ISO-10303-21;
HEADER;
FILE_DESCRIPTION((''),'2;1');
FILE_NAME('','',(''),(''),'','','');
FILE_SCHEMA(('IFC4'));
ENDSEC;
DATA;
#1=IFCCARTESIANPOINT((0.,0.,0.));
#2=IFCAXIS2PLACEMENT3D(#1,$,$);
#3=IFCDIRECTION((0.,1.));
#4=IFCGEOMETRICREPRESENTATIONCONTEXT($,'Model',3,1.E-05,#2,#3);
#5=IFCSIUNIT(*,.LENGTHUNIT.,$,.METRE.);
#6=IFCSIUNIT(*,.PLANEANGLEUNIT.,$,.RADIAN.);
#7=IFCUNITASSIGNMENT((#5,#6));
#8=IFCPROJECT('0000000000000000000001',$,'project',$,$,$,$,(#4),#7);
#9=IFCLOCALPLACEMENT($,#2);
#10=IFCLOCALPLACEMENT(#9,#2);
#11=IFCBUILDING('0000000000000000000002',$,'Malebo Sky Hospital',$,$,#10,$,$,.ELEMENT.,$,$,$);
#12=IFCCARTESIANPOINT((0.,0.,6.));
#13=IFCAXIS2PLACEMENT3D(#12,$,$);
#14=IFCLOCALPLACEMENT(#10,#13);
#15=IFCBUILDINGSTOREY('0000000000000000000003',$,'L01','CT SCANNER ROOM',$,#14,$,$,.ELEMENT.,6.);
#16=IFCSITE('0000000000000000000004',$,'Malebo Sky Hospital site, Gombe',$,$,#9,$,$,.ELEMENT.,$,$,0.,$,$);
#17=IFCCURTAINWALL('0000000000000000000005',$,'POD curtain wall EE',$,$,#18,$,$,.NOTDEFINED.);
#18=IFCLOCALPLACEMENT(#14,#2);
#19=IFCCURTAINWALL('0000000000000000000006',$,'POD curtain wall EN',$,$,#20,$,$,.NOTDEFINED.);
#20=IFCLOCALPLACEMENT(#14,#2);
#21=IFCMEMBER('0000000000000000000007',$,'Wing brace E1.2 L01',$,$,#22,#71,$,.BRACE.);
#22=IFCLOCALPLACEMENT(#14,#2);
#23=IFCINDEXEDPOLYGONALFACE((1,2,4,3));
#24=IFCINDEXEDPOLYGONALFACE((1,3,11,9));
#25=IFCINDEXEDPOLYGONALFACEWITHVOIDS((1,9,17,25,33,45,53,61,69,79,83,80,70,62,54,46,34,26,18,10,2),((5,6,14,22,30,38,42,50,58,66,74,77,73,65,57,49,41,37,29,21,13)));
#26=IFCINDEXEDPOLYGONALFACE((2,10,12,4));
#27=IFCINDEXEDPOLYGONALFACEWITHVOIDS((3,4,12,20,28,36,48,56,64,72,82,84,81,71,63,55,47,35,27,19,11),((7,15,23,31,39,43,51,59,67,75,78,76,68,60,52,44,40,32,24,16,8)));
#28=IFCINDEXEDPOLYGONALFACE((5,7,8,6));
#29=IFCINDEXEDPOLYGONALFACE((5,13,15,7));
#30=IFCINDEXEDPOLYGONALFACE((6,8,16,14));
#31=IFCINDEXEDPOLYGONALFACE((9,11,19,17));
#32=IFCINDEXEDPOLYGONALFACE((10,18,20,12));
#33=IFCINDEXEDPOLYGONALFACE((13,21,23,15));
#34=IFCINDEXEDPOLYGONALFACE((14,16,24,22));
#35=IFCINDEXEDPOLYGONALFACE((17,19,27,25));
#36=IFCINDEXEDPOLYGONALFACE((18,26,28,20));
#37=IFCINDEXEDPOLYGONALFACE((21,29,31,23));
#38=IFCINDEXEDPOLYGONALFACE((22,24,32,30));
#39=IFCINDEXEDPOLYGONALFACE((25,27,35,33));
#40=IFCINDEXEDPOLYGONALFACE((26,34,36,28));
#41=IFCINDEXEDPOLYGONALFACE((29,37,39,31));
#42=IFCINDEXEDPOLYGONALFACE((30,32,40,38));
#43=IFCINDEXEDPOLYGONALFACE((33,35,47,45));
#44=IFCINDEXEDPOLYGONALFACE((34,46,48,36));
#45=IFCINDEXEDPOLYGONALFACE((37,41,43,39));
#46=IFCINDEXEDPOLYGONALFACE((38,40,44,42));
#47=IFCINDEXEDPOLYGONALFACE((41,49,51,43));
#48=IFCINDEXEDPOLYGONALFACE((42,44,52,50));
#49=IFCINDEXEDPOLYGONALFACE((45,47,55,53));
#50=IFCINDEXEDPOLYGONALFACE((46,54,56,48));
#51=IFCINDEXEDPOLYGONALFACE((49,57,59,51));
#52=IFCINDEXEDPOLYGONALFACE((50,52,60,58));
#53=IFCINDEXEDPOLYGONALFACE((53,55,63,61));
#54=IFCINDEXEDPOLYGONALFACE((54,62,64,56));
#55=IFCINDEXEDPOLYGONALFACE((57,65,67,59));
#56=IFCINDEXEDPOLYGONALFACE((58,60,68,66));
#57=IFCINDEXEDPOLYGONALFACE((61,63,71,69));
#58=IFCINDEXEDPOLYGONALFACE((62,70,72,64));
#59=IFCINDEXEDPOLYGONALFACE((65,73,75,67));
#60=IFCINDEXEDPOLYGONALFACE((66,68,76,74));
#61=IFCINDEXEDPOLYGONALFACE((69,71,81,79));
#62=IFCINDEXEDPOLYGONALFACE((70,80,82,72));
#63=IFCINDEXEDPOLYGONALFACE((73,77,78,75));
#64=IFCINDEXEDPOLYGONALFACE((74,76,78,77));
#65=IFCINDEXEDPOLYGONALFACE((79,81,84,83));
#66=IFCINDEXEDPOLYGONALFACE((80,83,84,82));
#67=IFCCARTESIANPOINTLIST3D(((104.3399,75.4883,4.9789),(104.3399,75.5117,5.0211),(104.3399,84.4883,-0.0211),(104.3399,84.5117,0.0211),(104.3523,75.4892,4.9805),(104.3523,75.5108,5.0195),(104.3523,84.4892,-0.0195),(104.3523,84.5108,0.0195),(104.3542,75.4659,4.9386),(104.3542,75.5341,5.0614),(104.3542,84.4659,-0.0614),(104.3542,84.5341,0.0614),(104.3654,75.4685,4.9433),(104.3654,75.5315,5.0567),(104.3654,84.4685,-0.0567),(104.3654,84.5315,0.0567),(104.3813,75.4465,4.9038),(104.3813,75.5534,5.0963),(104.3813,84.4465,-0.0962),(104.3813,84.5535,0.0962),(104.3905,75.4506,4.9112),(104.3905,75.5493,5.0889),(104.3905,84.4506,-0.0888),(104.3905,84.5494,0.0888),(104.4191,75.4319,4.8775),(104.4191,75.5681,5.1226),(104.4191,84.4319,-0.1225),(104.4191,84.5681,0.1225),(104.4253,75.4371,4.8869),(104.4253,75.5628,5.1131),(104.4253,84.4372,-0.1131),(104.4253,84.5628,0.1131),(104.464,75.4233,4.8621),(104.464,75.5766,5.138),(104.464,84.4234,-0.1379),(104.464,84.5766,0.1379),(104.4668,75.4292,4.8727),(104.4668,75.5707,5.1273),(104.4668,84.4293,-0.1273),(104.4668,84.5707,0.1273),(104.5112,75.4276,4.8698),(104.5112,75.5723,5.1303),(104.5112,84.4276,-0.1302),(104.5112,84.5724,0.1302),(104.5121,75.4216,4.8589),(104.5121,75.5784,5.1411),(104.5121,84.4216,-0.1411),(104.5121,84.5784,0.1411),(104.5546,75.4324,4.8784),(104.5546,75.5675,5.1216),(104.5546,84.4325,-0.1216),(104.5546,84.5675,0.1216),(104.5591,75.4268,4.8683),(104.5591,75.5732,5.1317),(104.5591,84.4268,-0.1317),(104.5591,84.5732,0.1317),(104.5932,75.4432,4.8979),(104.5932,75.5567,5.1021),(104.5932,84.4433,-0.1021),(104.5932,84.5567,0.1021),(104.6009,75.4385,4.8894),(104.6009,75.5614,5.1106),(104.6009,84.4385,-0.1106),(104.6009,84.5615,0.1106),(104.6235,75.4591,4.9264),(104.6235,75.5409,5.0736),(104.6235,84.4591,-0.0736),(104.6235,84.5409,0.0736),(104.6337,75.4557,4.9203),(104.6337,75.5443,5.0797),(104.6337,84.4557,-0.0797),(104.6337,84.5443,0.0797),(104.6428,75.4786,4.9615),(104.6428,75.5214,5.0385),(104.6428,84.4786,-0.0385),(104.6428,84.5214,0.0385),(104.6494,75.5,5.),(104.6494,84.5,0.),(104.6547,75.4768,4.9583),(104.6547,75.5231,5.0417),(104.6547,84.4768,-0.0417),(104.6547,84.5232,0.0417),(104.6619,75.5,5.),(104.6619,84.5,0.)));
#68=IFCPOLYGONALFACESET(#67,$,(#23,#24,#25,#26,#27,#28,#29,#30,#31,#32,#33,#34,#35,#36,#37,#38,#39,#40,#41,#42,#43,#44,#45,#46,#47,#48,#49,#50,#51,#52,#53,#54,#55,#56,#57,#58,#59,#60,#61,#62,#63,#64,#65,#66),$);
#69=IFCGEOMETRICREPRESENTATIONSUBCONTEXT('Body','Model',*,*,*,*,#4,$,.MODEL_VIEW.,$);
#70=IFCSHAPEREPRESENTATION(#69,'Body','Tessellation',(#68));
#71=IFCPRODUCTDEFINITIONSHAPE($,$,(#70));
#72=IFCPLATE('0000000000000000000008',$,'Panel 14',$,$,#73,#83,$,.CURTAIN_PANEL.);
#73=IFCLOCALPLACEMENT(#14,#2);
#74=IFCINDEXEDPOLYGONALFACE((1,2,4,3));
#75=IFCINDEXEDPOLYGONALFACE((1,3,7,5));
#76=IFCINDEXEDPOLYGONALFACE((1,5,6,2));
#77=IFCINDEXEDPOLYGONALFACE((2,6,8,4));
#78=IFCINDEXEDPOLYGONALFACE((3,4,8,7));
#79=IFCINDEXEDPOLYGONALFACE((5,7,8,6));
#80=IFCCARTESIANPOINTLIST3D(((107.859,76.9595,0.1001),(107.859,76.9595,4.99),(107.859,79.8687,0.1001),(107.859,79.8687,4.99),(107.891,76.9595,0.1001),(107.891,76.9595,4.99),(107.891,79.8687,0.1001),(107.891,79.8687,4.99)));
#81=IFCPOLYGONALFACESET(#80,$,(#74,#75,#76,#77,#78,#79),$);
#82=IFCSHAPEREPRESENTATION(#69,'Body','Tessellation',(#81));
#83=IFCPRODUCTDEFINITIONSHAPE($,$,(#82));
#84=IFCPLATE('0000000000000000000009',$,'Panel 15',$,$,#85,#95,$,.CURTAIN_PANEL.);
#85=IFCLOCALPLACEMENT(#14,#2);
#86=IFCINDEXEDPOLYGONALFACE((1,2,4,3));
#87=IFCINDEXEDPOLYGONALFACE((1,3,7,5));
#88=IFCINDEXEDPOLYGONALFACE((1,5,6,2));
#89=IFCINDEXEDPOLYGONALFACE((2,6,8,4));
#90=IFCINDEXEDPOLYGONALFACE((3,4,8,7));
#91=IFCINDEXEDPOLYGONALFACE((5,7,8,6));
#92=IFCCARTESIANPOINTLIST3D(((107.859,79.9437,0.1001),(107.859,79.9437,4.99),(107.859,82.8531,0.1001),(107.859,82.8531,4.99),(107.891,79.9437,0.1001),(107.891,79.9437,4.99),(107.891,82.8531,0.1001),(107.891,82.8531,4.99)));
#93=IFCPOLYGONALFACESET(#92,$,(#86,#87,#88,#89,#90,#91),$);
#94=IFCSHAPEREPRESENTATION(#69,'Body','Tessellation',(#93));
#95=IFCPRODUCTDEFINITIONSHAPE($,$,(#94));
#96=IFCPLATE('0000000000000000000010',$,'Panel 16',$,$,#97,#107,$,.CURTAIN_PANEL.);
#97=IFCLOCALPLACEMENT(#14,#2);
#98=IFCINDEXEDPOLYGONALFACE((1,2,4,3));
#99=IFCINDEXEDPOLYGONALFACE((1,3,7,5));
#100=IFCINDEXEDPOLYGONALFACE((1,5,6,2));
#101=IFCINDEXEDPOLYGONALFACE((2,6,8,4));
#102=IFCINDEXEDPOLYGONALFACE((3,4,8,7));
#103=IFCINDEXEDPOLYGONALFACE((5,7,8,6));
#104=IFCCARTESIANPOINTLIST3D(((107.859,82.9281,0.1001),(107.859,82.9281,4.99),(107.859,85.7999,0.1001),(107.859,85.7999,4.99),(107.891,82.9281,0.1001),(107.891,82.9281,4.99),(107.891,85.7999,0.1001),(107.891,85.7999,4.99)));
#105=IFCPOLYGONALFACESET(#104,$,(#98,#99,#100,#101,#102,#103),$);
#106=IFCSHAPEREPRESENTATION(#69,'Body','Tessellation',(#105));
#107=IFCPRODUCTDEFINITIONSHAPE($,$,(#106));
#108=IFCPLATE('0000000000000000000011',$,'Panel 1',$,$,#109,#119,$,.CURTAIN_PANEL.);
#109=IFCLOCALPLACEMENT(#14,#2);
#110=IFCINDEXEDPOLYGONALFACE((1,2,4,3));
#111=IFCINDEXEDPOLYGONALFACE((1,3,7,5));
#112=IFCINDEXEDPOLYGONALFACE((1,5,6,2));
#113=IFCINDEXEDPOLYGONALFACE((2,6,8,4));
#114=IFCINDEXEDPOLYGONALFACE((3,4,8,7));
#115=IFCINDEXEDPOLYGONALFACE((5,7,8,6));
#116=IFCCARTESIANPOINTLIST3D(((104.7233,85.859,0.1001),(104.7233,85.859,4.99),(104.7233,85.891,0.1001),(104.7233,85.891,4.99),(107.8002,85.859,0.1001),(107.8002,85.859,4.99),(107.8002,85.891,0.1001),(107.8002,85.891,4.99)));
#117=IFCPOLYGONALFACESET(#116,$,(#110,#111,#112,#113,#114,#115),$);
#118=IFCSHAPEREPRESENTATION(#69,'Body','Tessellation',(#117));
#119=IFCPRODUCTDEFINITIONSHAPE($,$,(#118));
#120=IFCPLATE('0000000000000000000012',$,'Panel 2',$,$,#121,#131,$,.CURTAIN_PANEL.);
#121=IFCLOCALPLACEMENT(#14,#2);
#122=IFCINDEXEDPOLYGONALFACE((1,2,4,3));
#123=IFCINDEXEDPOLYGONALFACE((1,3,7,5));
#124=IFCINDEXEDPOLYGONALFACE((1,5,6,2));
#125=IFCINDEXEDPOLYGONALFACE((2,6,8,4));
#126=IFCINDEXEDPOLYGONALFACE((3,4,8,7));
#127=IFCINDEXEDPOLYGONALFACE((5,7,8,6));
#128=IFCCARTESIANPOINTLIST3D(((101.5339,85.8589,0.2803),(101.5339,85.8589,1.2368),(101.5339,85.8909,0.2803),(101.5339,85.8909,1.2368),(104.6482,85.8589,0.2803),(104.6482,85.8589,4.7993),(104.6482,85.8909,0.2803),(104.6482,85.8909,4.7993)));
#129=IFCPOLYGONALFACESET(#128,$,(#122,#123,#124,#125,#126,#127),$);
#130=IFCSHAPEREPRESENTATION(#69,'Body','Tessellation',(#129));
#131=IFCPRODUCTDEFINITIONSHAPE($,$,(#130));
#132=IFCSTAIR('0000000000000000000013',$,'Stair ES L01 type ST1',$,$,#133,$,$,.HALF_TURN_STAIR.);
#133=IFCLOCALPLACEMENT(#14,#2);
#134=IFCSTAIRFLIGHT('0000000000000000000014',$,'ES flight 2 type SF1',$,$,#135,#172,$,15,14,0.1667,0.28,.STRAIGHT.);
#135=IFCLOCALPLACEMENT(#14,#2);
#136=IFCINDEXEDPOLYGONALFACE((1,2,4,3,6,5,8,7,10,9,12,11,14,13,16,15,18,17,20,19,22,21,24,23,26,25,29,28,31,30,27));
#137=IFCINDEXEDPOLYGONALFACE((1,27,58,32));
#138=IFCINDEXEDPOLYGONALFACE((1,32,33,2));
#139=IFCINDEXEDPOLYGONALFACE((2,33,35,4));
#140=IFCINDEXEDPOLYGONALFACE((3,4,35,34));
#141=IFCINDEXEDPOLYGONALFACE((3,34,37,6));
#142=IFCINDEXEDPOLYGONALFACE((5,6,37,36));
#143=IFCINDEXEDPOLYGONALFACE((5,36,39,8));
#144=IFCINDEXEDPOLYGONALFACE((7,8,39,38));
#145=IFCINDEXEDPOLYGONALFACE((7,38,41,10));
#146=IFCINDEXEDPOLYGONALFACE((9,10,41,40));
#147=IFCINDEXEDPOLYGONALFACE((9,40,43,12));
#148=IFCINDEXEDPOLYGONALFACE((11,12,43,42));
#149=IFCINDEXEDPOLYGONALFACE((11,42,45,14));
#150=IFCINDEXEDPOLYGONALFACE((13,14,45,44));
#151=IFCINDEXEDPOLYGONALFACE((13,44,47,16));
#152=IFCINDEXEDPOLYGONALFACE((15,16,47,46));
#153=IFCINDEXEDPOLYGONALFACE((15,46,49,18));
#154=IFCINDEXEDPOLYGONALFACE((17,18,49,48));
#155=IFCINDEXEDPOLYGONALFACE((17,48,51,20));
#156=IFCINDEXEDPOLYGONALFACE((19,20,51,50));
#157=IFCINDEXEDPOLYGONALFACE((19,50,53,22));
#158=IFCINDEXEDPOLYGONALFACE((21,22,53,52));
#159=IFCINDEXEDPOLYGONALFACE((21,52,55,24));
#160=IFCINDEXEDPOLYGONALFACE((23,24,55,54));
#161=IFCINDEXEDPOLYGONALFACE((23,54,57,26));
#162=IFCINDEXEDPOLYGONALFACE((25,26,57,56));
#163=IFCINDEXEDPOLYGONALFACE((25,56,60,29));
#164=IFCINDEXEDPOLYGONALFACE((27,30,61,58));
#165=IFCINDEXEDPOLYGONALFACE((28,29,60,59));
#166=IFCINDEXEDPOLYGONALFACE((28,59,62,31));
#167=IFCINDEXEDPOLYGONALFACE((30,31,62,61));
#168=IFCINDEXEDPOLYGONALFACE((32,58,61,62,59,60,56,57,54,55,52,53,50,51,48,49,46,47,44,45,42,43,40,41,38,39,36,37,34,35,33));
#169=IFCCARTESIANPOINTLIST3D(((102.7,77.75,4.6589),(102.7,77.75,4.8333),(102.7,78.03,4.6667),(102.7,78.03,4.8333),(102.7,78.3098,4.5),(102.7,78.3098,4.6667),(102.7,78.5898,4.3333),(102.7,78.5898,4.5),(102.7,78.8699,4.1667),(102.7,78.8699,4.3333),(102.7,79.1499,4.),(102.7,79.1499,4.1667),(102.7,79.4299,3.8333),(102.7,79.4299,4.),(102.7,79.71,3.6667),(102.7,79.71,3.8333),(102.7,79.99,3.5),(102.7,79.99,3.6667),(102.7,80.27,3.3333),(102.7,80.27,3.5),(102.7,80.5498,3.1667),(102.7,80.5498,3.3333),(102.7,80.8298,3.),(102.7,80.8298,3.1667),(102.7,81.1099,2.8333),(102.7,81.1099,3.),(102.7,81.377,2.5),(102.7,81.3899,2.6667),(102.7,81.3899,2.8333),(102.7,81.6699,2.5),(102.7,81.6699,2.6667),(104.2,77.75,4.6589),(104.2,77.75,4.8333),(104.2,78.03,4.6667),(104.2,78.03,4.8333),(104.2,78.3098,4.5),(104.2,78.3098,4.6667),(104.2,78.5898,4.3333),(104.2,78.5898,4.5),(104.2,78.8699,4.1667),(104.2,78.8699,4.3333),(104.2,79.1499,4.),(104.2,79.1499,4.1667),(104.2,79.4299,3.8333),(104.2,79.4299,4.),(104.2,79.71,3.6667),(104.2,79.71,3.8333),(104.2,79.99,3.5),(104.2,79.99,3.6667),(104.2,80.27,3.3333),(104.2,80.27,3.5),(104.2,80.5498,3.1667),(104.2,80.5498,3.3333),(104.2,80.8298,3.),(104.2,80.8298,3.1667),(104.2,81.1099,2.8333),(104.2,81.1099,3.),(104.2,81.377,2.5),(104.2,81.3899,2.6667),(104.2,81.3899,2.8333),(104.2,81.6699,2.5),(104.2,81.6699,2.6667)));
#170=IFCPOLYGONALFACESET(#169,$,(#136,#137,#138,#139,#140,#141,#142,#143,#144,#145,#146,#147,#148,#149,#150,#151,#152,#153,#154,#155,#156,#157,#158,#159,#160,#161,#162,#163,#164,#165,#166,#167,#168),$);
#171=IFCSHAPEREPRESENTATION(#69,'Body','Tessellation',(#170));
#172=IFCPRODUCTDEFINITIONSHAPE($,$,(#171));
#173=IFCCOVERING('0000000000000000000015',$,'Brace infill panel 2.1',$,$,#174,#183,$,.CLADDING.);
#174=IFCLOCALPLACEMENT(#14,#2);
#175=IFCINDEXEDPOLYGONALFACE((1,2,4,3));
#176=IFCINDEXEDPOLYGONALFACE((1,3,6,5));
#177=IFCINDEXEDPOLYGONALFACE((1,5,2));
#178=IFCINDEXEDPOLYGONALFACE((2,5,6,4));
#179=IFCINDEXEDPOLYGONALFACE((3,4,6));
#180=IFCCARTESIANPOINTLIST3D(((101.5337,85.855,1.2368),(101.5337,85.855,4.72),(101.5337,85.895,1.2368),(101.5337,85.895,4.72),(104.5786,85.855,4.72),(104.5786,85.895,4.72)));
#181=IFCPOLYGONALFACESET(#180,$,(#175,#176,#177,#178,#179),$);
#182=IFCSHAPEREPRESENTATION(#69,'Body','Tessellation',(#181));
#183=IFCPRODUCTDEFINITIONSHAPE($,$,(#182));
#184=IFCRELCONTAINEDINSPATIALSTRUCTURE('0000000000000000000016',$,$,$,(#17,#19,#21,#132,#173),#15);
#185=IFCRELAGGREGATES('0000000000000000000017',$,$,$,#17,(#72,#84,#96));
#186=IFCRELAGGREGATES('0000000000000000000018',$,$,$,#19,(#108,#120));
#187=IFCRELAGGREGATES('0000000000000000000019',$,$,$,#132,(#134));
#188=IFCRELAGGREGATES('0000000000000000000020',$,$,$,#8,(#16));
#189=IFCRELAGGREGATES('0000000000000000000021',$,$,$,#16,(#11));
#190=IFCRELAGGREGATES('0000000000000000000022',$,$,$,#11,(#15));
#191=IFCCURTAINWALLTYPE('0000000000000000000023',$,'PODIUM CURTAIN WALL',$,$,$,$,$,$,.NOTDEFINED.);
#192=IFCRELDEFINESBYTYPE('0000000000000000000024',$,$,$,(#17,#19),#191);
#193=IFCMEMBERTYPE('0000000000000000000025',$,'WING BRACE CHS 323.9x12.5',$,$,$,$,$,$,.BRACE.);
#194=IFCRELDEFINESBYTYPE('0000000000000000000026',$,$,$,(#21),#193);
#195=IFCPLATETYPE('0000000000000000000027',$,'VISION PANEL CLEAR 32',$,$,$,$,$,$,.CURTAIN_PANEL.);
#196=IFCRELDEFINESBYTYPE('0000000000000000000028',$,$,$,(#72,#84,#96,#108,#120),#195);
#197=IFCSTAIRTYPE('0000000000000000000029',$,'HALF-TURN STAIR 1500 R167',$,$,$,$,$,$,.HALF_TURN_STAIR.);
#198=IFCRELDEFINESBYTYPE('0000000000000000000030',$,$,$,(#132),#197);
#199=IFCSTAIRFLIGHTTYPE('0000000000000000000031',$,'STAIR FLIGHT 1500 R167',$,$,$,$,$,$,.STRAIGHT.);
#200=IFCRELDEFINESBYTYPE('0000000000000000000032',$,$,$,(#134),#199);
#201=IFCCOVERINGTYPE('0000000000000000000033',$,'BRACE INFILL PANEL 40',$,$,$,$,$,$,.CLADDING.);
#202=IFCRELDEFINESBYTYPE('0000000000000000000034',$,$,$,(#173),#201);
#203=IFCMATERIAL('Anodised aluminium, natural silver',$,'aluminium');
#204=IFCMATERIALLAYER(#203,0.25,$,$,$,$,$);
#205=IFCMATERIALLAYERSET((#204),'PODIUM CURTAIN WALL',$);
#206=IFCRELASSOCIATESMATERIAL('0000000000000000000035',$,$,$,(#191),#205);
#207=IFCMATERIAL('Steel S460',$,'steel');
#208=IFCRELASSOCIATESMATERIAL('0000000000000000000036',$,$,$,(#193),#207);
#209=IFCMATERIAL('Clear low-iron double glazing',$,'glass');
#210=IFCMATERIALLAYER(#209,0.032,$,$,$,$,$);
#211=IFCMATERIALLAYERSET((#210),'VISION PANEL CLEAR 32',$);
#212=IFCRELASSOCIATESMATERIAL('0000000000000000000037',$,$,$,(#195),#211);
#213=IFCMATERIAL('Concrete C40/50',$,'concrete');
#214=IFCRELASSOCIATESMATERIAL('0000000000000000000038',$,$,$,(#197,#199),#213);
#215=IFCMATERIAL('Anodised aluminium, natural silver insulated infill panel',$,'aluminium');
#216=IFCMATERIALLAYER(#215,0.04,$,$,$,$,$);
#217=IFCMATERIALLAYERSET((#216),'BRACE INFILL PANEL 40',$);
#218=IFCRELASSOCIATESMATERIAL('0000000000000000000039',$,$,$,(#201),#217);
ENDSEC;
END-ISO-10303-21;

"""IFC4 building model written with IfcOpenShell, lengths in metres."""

from ifc_helpers import new_model, si_unit, direction, frame, origin, origin_2d, place, context, subcontext, project, spatial, polyline, rectangle, hollow_circle, outline, extrude, material, layer, layer_set, material_profile, profile_set, type_object, element, aggregate, save


model = new_model("IFC4")

# Units and contexts
model_context = context("Model", 3, precision=1e-05, world=origin(), true_north=direction((0.0, 1.0)))
body_context = subcontext(model_context, "Body", "Model", "MODEL_VIEW")
ifc_project = project(units=[si_unit("LENGTHUNIT", "METRE"), si_unit("PLANEANGLEUNIT", "RADIAN")], contexts=[model_context])

# Site, building, storey
site_placement = place(None, origin())
site = spatial("IfcSite", under=ifc_project, at=site_placement, Name="Malebo Sky Hospital site, Gombe", CompositionType="ELEMENT", RefElevation=0.0)
building_placement = place(site_placement, origin())
building = spatial("IfcBuilding", under=site, at=building_placement, Name="Malebo Sky Hospital", CompositionType="ELEMENT")
storey_placement = place(building_placement, frame((0.0, 0.0, 6.0)))
storey = spatial("IfcBuildingStorey", under=building, at=storey_placement, Name="L01", Description="CT SCANNER ROOM", CompositionType="ELEMENT", Elevation=6.0)

# Curtain walls
ifc_material_1 = material(Name="Anodised aluminium, natural silver", Category="aluminium")
ifc_layer_1 = layer(ifc_material_1, 0.25)
ifc_layer_set_1 = layer_set([ifc_layer_1], Name="PODIUM CURTAIN WALL")
curtain_wall_type = type_object("IfcCurtainWallType", Name="PODIUM CURTAIN WALL", PredefinedType="NOTDEFINED", material=ifc_layer_set_1)
curtain_wall_1_placement = place(storey_placement, origin())
curtain_wall_1 = element("IfcCurtainWall", 1, at=curtain_wall_1_placement, inside=storey, type_object=curtain_wall_type, Name="POD curtain wall EE", PredefinedType="NOTDEFINED")
curtain_wall_2_placement = place(storey_placement, origin())
curtain_wall_2 = element("IfcCurtainWall", 2, at=curtain_wall_2_placement, inside=storey, type_object=curtain_wall_type, Name="POD curtain wall EN", PredefinedType="NOTDEFINED")

# Member
ifc_material_2 = material(Name="Steel S460", Category="steel")
ifc_material_profile_1 = material_profile(ifc_material_2, hollow_circle(Radius=0.1619, WallThickness=0.0125, at=origin_2d()), Name="CHS 323.9x12.5")
ifc_profile_set_1 = profile_set([ifc_material_profile_1], Name="Steel S460")
member_type_1 = type_object("IfcMemberType", Name="WING BRACE CHS 323.9x12.5", PredefinedType="BRACE", material=ifc_profile_set_1)
member_1_placement = place(storey_placement, frame((104.5, 84.5, 0.0), z_axis=(0.0, -0.874157, 0.485643), x_axis=(1.0, 0.0, 0.0)))
element("IfcMember", 3, at=member_1_placement, inside=storey, type_object=member_type_1, Name="Wing brace E1.2 L01", PredefinedType="BRACE", context=body_context, shape_type="SweptSolid", body=[
    extrude(hollow_circle(Radius=0.1619, WallThickness=0.0125, at=origin_2d()), origin(), (0.0, 0.0, 1.0), 10.2957),
])

# Plates
ifc_material_3 = material(Name="Clear low-iron double glazing", Category="glass")
ifc_layer_2 = layer(ifc_material_3, 0.032)
ifc_layer_set_2 = layer_set([ifc_layer_2], Name="VISION PANEL CLEAR 32")
plate_type = type_object("IfcPlateType", Name="VISION PANEL CLEAR 32", PredefinedType="CURTAIN_PANEL", material=ifc_layer_set_2)
plate_1_placement = place(storey_placement, frame((107.875, 78.4141, 0.1001), z_axis=(0.0, 0.0, 1.0), x_axis=(0.0, 1.0, 0.0)))
plate_1 = element("IfcPlate", 4, at=plate_1_placement, type_object=plate_type, Name="Panel 14", PredefinedType="CURTAIN_PANEL", context=body_context, shape_type="SweptSolid", body=[
    extrude(rectangle(XDim=2.9092, YDim=0.032, at=origin_2d()), origin(), (0.0, 0.0, 1.0), 4.8899),
])
plate_2_placement = place(storey_placement, frame((107.875, 81.3984, 0.1001), z_axis=(0.0, 0.0, 1.0), x_axis=(0.0, 1.0, 0.0)))
plate_2 = element("IfcPlate", 5, at=plate_2_placement, type_object=plate_type, Name="Panel 15", PredefinedType="CURTAIN_PANEL", context=body_context, shape_type="SweptSolid", body=[
    extrude(rectangle(XDim=2.9094, YDim=0.032, at=origin_2d()), origin(), (0.0, 0.0, 1.0), 4.8899),
])
plate_3_placement = place(storey_placement, frame((107.875, 84.364, 0.1001), z_axis=(0.0, 0.0, 1.0), x_axis=(0.0, 1.0, 0.0)))
plate_3 = element("IfcPlate", 6, at=plate_3_placement, type_object=plate_type, Name="Panel 16", PredefinedType="CURTAIN_PANEL", context=body_context, shape_type="SweptSolid", body=[
    extrude(rectangle(XDim=2.8718, YDim=0.032, at=origin_2d()), origin(), (0.0, 0.0, 1.0), 4.8899),
])
aggregate(curtain_wall_1, [plate_1, plate_2, plate_3])
plate_4_placement = place(storey_placement, frame((106.2617, 85.875, 0.1001), z_axis=(0.0, 0.0, 1.0), x_axis=(-1.0, 0.0, 0.0)))
plate_4 = element("IfcPlate", 7, at=plate_4_placement, type_object=plate_type, Name="Panel 1", PredefinedType="CURTAIN_PANEL", context=body_context, shape_type="SweptSolid", body=[
    extrude(rectangle(XDim=3.0769, YDim=0.032, at=origin_2d()), origin(), (0.0, 0.0, 1.0), 4.8899),
])
plate_5_placement = place(storey_placement, frame((103.0911, 85.875, 0.2803), z_axis=(0.0, 0.0, 1.0), x_axis=(-1.0, 0.0, 0.0)))
plate_5 = element("IfcPlate", 8, at=plate_5_placement, type_object=plate_type, Name="Panel 2", PredefinedType="CURTAIN_PANEL", context=body_context, shape_type="SweptSolid", body=[
    extrude(outline(polyline([(-1.5571, 0.0), (1.5571, 0.0), (1.5571, 0.9565), (-1.5571, 4.519), (-1.5571, 0.0)])), frame((0.0, 0.0161, 0.0), z_axis=(0.0, -1.0, 0.0), x_axis=(1.0, 0.0, 0.0)), (0.0, 0.0, 1.0), 0.032),
])
aggregate(curtain_wall_2, [plate_4, plate_5])

# Stair, stair flight
ifc_material_4 = material(Name="Concrete C40/50", Category="concrete")
stair_type = type_object("IfcStairType", Name="HALF-TURN STAIR 1500 R167", PredefinedType="HALF_TURN_STAIR", material=ifc_material_4)
stair_placement = place(storey_placement, origin())
stair = element("IfcStair", 9, at=stair_placement, inside=storey, type_object=stair_type, Name="Stair ES L01 type ST1", PredefinedType="HALF_TURN_STAIR")
stair_flight_type = type_object("IfcStairFlightType", Name="STAIR FLIGHT 1500 R167", PredefinedType="STRAIGHT", material=ifc_material_4)
stair_flight_placement = place(storey_placement, frame((103.45, 81.6699, 2.5), z_axis=(0.0, 0.0, 1.0), x_axis=(0.0, -1.0, 0.0)))
stair_flight = element("IfcStairFlight", 10, at=stair_flight_placement, type_object=stair_flight_type, Name="ES flight 2 type SF1", NumberOfRisers=15, NumberOfTreads=14, PredefinedType="STRAIGHT", RiserHeight=0.1667, TreadLength=0.28, context=body_context, shape_type="SweptSolid", body=[
    extrude(outline(polyline([(0.0, 0.0), (0.0, 0.1667), (0.28, 0.1667), (0.28, 0.3333), (0.5601, 0.3333), (0.5601, 0.5), (0.8401, 0.5), (0.8401, 0.6667), (1.1201, 0.6667), (1.1201, 0.8333), (1.3999, 0.8333), (1.3999, 1.0), (1.6799, 1.0), (1.6799, 1.1667), (1.96, 1.1667), (1.96, 1.3333), (2.24, 1.3333), (2.24, 1.5), (2.52, 1.5), (2.52, 1.6667), (2.8, 1.6667), (2.8, 1.8333), (3.0801, 1.8333), (3.0801, 2.0), (3.3601, 2.0), (3.3601, 2.1667), (3.6399, 2.1667), (3.6399, 2.3333), (3.9199, 2.3333), (3.9199, 2.5), (3.9199, 2.1589), (0.293, 0.0), (0.0, 0.0)])), frame((0.0, 0.75, 0.0), z_axis=(0.0, -1.0, 0.0), x_axis=(1.0, 0.0, 0.0)), (0.0, 0.0, 1.0), 1.5),
])
aggregate(stair, [stair_flight])

# Covering
ifc_material_5 = material(Name="Anodised aluminium, natural silver insulated infill panel", Category="aluminium")
ifc_layer_3 = layer(ifc_material_5, 0.04)
ifc_layer_set_3 = layer_set([ifc_layer_3], Name="BRACE INFILL PANEL 40")
covering_type = type_object("IfcCoveringType", Name="BRACE INFILL PANEL 40", PredefinedType="CLADDING", material=ifc_layer_set_3)
covering_1_placement = place(storey_placement, frame((103.0562, 85.875, 1.2368), z_axis=(0.0, 0.0, 1.0), x_axis=(-1.0, 0.0, 0.0)))
element("IfcCovering", 11, at=covering_1_placement, inside=storey, type_object=covering_type, Name="Brace infill panel 2.1", PredefinedType="CLADDING", context=body_context, shape_type="SweptSolid", body=[
    extrude(outline(polyline([(1.5225, 0.0), (1.5225, 3.4832), (-1.5225, 3.4832), (1.5225, 0.0)])), frame((0.0, 0.02, 0.0), z_axis=(0.0, -1.0, 0.0), x_axis=(1.0, 0.0, 0.0)), (0.0, 0.0, 1.0), 0.04),
])

save(model, "model.ifc")
